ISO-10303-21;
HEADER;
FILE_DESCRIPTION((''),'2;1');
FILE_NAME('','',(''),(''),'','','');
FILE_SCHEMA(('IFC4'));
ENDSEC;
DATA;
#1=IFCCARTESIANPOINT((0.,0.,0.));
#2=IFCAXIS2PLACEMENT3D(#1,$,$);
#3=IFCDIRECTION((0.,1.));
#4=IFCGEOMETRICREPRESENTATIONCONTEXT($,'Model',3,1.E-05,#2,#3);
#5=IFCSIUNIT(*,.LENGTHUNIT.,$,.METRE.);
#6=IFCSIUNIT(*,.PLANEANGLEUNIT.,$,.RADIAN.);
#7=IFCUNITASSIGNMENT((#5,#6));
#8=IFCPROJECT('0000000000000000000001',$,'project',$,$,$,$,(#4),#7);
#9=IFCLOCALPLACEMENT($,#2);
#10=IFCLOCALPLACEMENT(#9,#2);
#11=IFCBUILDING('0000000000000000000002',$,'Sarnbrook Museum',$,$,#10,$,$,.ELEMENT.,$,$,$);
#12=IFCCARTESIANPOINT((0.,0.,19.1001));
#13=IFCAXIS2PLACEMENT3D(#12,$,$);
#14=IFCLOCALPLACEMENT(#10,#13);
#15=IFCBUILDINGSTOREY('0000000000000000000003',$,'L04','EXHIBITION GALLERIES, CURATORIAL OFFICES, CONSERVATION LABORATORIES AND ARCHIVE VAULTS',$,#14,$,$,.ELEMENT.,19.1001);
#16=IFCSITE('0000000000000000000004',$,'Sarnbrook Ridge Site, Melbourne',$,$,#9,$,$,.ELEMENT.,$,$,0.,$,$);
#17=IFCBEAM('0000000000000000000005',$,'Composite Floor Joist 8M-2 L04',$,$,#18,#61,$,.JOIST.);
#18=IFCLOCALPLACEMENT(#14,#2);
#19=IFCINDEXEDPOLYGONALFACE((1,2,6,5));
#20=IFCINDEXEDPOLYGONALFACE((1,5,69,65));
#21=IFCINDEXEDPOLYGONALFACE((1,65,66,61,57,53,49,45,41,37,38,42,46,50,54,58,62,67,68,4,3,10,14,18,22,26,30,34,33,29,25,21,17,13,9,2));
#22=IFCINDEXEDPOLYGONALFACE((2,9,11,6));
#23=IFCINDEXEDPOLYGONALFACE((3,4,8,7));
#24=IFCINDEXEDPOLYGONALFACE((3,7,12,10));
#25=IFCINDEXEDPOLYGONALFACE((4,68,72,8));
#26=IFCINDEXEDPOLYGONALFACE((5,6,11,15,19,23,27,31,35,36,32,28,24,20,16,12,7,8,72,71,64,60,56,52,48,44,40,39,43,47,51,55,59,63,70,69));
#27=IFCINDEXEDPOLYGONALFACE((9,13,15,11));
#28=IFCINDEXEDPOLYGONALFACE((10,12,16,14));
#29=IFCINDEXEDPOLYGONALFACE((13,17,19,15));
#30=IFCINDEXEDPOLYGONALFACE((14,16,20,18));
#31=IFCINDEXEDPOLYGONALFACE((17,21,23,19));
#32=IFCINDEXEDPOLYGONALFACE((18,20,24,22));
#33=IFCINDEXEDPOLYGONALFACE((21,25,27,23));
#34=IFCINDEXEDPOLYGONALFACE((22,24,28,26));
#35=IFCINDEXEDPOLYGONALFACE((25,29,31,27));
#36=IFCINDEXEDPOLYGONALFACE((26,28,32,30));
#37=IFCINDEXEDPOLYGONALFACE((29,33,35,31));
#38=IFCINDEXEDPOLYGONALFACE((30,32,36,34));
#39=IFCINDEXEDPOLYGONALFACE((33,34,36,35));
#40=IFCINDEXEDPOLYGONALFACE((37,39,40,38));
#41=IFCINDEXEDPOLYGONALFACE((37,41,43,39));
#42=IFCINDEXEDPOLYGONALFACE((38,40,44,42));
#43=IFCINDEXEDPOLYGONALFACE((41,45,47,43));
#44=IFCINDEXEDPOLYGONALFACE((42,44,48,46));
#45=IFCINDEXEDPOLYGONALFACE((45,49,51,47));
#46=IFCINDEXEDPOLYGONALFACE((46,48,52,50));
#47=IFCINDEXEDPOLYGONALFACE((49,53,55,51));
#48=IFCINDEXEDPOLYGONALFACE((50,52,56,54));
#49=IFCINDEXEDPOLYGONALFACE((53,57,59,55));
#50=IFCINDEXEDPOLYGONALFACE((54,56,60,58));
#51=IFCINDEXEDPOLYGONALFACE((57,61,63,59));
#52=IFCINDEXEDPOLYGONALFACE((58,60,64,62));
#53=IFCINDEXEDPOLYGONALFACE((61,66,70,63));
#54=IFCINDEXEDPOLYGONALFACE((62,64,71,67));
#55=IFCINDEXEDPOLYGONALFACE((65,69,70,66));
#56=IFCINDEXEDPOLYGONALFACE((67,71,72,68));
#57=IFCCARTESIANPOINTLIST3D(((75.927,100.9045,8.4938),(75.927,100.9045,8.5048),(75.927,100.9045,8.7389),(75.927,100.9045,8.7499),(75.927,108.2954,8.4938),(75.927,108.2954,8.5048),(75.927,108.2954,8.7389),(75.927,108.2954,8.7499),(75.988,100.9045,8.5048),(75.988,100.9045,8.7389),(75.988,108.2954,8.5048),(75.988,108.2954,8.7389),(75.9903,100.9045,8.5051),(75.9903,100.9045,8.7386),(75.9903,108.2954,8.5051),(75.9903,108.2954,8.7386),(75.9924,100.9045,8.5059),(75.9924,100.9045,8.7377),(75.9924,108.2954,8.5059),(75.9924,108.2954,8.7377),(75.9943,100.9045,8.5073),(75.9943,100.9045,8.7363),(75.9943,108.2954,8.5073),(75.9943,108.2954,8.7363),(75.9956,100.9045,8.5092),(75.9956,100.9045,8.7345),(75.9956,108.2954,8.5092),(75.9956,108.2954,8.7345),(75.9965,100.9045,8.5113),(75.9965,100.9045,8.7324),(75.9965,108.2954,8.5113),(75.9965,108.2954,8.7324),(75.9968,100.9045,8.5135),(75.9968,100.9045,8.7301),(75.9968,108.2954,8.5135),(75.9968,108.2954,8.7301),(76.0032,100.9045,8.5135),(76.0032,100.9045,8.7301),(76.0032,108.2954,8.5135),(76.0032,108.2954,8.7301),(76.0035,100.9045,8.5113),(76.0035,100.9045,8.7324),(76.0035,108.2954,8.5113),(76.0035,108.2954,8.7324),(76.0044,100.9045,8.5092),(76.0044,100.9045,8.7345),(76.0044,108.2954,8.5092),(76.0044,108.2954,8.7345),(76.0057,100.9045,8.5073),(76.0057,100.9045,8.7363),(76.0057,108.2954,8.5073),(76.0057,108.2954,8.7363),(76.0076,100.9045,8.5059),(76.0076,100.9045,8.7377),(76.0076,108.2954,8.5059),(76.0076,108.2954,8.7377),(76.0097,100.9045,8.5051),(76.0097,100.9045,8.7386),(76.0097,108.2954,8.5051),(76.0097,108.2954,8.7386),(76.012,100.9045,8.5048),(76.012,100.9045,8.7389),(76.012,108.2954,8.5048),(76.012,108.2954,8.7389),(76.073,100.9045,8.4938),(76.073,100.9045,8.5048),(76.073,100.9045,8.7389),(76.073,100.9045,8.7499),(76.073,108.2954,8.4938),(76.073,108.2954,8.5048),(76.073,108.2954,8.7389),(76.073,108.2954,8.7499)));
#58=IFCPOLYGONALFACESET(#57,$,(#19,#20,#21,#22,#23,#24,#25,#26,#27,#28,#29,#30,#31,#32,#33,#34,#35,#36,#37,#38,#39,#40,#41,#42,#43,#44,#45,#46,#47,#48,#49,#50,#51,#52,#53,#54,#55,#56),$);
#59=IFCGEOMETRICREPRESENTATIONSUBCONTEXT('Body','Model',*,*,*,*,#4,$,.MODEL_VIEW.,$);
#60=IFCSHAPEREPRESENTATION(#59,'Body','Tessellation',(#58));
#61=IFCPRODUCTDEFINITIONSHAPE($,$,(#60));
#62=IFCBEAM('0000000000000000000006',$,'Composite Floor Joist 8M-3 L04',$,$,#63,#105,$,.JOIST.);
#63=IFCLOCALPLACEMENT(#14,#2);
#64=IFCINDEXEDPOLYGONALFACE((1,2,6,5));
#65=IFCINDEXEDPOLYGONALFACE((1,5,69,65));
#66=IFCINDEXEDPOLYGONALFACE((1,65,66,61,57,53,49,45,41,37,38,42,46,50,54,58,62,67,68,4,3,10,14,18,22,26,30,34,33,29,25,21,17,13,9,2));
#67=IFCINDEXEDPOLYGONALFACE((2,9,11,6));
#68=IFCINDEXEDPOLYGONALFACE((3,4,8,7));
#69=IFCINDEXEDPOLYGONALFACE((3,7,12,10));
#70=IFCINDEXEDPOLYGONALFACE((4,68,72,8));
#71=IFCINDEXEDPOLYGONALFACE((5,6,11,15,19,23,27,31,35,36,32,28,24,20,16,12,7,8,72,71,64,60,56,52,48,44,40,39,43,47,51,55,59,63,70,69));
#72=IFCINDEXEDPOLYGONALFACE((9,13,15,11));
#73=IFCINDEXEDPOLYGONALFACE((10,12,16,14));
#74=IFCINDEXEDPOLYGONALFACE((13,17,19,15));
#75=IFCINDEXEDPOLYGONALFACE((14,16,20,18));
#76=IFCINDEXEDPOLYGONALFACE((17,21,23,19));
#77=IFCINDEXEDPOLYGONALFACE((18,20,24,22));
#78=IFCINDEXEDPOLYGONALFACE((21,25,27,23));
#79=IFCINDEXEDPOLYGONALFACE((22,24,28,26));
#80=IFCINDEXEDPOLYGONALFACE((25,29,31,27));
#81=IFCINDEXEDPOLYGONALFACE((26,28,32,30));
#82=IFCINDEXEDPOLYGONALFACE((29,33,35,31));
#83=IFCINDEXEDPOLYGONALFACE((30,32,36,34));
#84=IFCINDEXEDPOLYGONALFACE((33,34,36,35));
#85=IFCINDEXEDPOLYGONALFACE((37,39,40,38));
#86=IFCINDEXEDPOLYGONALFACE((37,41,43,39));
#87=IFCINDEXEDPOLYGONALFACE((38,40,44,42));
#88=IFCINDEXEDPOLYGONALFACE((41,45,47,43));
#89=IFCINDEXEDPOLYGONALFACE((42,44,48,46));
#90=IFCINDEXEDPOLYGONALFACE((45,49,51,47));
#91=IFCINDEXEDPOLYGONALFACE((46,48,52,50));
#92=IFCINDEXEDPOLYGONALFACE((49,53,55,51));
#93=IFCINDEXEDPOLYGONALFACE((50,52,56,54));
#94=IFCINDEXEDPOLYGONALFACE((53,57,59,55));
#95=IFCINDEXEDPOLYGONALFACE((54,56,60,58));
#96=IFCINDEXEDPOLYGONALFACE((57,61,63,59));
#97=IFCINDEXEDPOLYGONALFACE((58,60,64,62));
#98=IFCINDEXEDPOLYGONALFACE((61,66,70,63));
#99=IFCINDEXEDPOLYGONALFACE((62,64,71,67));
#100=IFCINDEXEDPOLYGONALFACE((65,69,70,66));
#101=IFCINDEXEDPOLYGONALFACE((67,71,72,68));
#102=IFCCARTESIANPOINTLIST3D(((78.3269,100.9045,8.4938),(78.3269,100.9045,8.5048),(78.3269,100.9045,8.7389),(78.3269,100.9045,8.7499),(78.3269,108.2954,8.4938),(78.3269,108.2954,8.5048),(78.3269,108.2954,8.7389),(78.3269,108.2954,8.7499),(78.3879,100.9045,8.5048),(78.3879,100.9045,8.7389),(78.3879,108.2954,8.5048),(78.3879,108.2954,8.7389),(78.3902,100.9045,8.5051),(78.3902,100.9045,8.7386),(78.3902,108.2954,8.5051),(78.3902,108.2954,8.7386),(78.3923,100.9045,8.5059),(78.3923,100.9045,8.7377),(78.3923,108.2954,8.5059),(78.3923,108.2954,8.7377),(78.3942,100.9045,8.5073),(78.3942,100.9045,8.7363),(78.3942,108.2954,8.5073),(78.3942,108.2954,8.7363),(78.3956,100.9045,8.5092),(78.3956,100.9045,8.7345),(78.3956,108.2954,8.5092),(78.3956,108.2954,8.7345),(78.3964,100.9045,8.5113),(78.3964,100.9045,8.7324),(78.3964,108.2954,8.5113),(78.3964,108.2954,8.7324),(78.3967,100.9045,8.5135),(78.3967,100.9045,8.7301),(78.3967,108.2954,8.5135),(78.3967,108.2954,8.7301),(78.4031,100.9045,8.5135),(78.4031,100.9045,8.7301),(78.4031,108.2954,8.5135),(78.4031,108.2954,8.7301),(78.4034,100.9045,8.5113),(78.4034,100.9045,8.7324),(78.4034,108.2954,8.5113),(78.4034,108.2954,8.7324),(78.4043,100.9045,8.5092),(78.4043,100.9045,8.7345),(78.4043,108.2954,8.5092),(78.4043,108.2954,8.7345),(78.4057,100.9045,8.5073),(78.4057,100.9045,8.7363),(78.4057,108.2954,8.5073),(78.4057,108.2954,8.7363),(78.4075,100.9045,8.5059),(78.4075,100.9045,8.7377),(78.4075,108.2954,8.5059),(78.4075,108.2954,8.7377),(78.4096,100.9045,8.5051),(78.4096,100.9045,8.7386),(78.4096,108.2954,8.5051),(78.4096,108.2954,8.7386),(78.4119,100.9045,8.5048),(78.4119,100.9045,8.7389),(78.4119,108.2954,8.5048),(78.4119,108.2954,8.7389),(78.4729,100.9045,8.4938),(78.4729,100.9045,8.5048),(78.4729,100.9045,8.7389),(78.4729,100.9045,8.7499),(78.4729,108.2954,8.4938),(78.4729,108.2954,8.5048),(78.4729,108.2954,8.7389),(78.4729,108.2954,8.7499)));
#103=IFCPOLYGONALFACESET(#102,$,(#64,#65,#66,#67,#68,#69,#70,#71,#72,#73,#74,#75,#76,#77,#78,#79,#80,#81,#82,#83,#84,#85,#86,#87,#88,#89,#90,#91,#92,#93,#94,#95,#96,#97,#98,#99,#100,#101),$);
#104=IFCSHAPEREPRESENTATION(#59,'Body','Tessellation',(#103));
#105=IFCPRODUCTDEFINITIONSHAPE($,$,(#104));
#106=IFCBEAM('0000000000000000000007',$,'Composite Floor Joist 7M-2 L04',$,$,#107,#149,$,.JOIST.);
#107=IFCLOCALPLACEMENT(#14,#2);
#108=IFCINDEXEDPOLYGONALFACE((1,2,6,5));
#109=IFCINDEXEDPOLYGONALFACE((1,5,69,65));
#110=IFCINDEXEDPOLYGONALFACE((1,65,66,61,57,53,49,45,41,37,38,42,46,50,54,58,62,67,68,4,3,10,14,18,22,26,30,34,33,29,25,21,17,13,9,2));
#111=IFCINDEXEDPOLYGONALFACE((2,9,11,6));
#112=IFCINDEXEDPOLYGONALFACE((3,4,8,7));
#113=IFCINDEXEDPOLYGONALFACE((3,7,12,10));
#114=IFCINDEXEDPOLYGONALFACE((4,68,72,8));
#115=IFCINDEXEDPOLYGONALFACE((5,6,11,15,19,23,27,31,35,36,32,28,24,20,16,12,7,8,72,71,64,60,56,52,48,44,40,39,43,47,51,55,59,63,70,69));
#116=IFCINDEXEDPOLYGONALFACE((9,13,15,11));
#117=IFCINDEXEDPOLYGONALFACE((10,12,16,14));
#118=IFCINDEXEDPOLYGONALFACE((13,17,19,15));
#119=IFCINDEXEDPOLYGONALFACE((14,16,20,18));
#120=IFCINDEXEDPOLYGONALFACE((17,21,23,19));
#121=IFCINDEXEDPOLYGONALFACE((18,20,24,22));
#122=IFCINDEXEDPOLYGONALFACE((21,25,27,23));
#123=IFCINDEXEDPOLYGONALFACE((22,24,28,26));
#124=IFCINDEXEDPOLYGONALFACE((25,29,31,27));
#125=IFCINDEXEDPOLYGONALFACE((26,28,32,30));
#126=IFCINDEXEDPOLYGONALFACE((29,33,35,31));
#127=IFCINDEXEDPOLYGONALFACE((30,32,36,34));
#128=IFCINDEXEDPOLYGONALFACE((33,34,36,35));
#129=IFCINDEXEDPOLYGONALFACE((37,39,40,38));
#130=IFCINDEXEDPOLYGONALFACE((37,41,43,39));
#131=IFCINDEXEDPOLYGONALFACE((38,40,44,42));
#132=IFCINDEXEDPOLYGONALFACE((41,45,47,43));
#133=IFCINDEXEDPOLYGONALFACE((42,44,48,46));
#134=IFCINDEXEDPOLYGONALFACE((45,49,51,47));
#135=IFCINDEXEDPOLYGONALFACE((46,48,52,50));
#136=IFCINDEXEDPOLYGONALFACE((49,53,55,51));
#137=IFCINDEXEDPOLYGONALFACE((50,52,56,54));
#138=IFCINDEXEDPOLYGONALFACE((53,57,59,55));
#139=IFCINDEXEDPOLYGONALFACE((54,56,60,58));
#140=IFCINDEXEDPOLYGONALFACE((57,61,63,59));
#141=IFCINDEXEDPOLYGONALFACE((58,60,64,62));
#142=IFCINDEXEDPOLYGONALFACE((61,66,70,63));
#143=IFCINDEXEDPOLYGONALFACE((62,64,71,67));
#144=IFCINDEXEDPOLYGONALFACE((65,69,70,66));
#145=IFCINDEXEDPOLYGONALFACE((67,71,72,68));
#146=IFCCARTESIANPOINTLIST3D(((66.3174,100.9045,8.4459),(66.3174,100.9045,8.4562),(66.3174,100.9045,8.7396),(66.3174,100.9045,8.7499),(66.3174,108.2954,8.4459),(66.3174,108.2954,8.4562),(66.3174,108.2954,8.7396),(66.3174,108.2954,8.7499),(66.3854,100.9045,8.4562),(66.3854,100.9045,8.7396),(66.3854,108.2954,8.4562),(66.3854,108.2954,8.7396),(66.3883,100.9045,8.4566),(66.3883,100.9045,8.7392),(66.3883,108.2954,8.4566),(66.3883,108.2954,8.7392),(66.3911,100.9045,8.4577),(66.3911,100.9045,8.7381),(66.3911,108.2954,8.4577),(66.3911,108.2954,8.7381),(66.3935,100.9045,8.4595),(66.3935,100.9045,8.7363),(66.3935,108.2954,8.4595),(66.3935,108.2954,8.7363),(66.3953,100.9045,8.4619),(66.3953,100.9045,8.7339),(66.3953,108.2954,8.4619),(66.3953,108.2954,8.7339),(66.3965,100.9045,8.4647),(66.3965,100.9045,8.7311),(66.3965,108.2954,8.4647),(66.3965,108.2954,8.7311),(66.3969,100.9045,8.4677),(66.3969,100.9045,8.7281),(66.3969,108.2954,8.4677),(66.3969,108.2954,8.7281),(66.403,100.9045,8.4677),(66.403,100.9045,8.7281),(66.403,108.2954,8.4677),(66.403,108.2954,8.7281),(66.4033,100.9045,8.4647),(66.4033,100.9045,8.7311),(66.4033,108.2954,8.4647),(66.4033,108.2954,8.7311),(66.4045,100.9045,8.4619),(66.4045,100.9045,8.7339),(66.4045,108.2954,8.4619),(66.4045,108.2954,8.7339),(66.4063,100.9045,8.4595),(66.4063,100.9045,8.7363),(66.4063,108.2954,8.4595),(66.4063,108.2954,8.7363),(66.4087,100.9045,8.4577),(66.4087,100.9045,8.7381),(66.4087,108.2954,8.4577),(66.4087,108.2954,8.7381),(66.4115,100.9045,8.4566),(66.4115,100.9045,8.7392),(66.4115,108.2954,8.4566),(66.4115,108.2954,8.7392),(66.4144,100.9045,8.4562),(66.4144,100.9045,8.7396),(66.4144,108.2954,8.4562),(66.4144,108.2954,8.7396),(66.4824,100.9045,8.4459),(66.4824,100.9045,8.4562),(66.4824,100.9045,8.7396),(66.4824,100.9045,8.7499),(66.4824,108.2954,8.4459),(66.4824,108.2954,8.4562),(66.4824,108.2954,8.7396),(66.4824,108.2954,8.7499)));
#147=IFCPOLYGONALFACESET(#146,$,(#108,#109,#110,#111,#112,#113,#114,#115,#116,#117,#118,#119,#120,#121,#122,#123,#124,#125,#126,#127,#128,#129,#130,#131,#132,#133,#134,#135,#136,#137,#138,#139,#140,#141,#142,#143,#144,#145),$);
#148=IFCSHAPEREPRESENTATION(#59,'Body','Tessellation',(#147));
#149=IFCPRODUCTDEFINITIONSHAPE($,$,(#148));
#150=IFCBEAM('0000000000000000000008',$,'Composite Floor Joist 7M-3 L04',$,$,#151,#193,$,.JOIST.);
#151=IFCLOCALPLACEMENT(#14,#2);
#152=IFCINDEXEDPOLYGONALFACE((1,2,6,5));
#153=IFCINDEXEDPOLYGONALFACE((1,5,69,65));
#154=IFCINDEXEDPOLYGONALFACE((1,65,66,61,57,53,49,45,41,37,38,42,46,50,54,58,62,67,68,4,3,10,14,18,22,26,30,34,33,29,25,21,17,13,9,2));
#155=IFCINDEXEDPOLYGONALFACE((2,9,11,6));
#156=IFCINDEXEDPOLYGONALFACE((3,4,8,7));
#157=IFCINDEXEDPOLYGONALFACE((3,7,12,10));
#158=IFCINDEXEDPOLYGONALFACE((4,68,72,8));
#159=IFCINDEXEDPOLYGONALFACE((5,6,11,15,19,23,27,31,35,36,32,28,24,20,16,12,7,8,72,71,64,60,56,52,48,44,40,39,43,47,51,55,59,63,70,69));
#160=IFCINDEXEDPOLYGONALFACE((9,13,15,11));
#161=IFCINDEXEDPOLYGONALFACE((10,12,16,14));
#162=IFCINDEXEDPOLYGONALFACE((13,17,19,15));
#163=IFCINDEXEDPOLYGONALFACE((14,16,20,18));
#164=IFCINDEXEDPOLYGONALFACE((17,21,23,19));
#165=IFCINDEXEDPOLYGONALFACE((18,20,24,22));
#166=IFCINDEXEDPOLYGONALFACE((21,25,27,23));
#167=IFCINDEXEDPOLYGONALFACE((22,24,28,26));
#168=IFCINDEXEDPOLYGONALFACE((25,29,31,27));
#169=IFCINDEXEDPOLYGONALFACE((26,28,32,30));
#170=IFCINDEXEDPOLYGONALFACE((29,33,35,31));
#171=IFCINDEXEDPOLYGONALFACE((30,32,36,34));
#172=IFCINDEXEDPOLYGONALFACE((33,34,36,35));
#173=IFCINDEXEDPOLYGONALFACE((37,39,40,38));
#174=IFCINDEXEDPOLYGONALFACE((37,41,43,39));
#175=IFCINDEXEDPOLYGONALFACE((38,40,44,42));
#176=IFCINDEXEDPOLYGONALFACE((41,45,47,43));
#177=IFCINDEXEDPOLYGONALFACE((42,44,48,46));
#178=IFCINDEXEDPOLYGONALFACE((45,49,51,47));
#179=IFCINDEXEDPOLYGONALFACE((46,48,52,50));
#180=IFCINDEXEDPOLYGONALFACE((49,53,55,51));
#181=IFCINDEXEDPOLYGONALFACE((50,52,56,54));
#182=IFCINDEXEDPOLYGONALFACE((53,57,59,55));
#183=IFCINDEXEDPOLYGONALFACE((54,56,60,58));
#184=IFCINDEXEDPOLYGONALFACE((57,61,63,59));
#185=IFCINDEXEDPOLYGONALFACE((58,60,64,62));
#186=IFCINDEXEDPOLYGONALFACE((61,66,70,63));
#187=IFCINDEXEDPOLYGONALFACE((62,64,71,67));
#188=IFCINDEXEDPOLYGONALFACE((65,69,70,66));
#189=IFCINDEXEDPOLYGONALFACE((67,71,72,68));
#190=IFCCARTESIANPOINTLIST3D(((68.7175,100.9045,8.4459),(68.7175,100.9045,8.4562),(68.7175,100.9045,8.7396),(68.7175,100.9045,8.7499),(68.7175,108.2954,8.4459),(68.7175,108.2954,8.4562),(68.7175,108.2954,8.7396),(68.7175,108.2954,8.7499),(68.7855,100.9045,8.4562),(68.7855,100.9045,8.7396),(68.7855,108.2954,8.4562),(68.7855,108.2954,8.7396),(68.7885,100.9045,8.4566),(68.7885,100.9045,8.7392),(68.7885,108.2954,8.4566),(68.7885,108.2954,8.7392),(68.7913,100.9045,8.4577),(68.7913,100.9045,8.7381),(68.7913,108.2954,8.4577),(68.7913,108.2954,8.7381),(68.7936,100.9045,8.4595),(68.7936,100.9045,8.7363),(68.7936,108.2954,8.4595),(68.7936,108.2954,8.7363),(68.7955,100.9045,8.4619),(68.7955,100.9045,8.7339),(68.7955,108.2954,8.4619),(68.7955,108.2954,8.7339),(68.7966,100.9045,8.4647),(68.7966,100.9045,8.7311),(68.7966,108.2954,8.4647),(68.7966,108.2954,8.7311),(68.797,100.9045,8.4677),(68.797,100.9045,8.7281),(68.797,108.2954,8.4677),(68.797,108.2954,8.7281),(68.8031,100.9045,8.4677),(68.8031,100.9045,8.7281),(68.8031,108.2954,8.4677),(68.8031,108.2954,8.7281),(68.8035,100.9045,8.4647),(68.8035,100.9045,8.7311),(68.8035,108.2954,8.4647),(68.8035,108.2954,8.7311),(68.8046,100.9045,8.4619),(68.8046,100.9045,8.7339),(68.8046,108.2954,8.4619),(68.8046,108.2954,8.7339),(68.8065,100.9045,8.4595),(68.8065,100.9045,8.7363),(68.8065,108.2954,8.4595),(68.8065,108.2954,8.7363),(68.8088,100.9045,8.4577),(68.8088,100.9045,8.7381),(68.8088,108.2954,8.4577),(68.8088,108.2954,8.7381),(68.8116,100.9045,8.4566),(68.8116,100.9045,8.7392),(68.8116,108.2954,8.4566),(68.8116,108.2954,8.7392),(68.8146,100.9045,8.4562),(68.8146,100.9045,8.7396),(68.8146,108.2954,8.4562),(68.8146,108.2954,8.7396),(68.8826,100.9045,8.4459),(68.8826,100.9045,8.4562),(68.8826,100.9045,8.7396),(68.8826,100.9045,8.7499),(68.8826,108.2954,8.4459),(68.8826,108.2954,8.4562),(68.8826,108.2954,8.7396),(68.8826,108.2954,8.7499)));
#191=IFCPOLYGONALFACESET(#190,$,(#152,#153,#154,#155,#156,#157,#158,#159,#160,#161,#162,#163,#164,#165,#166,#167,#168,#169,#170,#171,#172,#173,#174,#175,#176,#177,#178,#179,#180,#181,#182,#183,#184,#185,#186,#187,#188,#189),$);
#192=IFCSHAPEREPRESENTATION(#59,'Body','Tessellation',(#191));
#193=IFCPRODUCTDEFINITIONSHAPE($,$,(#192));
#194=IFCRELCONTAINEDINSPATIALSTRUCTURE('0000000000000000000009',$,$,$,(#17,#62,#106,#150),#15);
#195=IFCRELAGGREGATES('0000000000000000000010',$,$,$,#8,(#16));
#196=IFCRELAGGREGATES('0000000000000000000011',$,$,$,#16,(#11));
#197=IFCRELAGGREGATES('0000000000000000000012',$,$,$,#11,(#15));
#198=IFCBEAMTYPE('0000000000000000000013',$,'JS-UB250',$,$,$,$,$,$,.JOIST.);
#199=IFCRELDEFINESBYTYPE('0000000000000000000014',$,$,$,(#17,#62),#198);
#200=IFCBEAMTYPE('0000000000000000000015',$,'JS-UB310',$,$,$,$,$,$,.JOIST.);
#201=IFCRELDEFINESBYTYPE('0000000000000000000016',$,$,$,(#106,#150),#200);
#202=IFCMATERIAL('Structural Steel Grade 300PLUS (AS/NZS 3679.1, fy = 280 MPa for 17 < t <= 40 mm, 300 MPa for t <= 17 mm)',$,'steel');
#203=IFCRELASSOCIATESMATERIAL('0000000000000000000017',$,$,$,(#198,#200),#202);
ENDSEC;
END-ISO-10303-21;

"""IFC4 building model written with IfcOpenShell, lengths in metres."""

from ifc_helpers import new_model, si_unit, direction, frame, origin, origin_2d, place, context, subcontext, project, spatial, i_section, extrude, material, material_profile, profile_set, type_object, element, save


model = new_model("IFC4")

# Units and contexts
model_context = context("Model", 3, precision=1e-05, world=origin(), true_north=direction((0.0, 1.0)))
body_context = subcontext(model_context, "Body", "Model", "MODEL_VIEW")
ifc_project = project(units=[si_unit("LENGTHUNIT", "METRE"), si_unit("PLANEANGLEUNIT", "RADIAN")], contexts=[model_context])

# Site, building, storey
site_placement = place(None, origin())
site = spatial("IfcSite", under=ifc_project, at=site_placement, Name="Sarnbrook Ridge Site, Melbourne", CompositionType="ELEMENT", RefElevation=0.0)
building_placement = place(site_placement, origin())
building = spatial("IfcBuilding", under=site, at=building_placement, Name="Sarnbrook Museum", CompositionType="ELEMENT")
storey_placement = place(building_placement, frame((0.0, 0.0, 19.1001)))
storey = spatial("IfcBuildingStorey", under=building, at=storey_placement, Name="L04", Description="EXHIBITION GALLERIES, CURATORIAL OFFICES, CONSERVATION LABORATORIES AND ARCHIVE VAULTS", CompositionType="ELEMENT", Elevation=19.1001)

# Shared definitions
ifc_material_1 = material(Name="Structural Steel Grade 300PLUS (AS/NZS 3679.1, fy = 280 MPa for 17 < t <= 40 mm, 300 MPa for t <= 17 mm)", Category="steel")

# Beams
ifc_material_profile_1 = material_profile(ifc_material_1, i_section(OverallWidth=0.146, OverallDepth=0.2561, WebThickness=0.0063, FlangeThickness=0.011, FilletRadius=0.0088, at=origin_2d()), Name="250UB37.3")
ifc_profile_set_1 = profile_set([ifc_material_profile_1], Name="Structural Steel Grade 300PLUS (AS/NZS 3679.1, fy = 280 MPa for 17 < t <= 40 mm, 300 MPa for t <= 17 mm)")
beam_type_1 = type_object("IfcBeamType", Name="JS-UB250", PredefinedType="JOIST", material=ifc_profile_set_1)
for number, where, z_axis, x_axis, name in (
    (1, (76.0, 100.9045, 8.6218), (0.0, 1.0, 0.0), (-1.0, 0.0, 0.0), "Composite Floor Joist 8M-2 L04"),
    (2, (78.3999, 100.9045, 8.6218), (0.0, 1.0, 0.0), (-1.0, 0.0, 0.0), "Composite Floor Joist 8M-3 L04"),
):
    element("IfcBeam", number, at=place(storey_placement, frame(where, z_axis=z_axis, x_axis=x_axis)), inside=storey, type_object=beam_type_1, Name=name, PredefinedType="JOIST", context=body_context, shape_type="SweptSolid", body=[
        extrude(i_section(OverallWidth=0.146, OverallDepth=0.2561, WebThickness=0.0063, FlangeThickness=0.011, FilletRadius=0.0088, at=origin_2d()), origin(), (0.0, 0.0, 1.0), 7.3909),
    ])
ifc_material_profile_2 = material_profile(ifc_material_1, i_section(OverallWidth=0.165, OverallDepth=0.304, WebThickness=0.0061, FlangeThickness=0.0103, FilletRadius=0.0115, at=origin_2d()), Name="310UB40.4")
ifc_profile_set_2 = profile_set([ifc_material_profile_2], Name="Structural Steel Grade 300PLUS (AS/NZS 3679.1, fy = 280 MPa for 17 < t <= 40 mm, 300 MPa for t <= 17 mm)")
beam_type_2 = type_object("IfcBeamType", Name="JS-UB310", PredefinedType="JOIST", material=ifc_profile_set_2)
for number, where, z_axis, x_axis, name in (
    (3, (66.3999, 100.9045, 8.5979), (0.0, 1.0, 0.0), (-1.0, 0.0, 0.0), "Composite Floor Joist 7M-2 L04"),
    (4, (68.8, 100.9045, 8.5979), (0.0, 1.0, 0.0), (-1.0, 0.0, 0.0), "Composite Floor Joist 7M-3 L04"),
):
    element("IfcBeam", number, at=place(storey_placement, frame(where, z_axis=z_axis, x_axis=x_axis)), inside=storey, type_object=beam_type_2, Name=name, PredefinedType="JOIST", context=body_context, shape_type="SweptSolid", body=[
        extrude(i_section(OverallWidth=0.165, OverallDepth=0.304, WebThickness=0.0061, FlangeThickness=0.0103, FilletRadius=0.0115, at=origin_2d()), origin(), (0.0, 0.0, 1.0), 7.3909),
    ])

save(model, "model.ifc")
